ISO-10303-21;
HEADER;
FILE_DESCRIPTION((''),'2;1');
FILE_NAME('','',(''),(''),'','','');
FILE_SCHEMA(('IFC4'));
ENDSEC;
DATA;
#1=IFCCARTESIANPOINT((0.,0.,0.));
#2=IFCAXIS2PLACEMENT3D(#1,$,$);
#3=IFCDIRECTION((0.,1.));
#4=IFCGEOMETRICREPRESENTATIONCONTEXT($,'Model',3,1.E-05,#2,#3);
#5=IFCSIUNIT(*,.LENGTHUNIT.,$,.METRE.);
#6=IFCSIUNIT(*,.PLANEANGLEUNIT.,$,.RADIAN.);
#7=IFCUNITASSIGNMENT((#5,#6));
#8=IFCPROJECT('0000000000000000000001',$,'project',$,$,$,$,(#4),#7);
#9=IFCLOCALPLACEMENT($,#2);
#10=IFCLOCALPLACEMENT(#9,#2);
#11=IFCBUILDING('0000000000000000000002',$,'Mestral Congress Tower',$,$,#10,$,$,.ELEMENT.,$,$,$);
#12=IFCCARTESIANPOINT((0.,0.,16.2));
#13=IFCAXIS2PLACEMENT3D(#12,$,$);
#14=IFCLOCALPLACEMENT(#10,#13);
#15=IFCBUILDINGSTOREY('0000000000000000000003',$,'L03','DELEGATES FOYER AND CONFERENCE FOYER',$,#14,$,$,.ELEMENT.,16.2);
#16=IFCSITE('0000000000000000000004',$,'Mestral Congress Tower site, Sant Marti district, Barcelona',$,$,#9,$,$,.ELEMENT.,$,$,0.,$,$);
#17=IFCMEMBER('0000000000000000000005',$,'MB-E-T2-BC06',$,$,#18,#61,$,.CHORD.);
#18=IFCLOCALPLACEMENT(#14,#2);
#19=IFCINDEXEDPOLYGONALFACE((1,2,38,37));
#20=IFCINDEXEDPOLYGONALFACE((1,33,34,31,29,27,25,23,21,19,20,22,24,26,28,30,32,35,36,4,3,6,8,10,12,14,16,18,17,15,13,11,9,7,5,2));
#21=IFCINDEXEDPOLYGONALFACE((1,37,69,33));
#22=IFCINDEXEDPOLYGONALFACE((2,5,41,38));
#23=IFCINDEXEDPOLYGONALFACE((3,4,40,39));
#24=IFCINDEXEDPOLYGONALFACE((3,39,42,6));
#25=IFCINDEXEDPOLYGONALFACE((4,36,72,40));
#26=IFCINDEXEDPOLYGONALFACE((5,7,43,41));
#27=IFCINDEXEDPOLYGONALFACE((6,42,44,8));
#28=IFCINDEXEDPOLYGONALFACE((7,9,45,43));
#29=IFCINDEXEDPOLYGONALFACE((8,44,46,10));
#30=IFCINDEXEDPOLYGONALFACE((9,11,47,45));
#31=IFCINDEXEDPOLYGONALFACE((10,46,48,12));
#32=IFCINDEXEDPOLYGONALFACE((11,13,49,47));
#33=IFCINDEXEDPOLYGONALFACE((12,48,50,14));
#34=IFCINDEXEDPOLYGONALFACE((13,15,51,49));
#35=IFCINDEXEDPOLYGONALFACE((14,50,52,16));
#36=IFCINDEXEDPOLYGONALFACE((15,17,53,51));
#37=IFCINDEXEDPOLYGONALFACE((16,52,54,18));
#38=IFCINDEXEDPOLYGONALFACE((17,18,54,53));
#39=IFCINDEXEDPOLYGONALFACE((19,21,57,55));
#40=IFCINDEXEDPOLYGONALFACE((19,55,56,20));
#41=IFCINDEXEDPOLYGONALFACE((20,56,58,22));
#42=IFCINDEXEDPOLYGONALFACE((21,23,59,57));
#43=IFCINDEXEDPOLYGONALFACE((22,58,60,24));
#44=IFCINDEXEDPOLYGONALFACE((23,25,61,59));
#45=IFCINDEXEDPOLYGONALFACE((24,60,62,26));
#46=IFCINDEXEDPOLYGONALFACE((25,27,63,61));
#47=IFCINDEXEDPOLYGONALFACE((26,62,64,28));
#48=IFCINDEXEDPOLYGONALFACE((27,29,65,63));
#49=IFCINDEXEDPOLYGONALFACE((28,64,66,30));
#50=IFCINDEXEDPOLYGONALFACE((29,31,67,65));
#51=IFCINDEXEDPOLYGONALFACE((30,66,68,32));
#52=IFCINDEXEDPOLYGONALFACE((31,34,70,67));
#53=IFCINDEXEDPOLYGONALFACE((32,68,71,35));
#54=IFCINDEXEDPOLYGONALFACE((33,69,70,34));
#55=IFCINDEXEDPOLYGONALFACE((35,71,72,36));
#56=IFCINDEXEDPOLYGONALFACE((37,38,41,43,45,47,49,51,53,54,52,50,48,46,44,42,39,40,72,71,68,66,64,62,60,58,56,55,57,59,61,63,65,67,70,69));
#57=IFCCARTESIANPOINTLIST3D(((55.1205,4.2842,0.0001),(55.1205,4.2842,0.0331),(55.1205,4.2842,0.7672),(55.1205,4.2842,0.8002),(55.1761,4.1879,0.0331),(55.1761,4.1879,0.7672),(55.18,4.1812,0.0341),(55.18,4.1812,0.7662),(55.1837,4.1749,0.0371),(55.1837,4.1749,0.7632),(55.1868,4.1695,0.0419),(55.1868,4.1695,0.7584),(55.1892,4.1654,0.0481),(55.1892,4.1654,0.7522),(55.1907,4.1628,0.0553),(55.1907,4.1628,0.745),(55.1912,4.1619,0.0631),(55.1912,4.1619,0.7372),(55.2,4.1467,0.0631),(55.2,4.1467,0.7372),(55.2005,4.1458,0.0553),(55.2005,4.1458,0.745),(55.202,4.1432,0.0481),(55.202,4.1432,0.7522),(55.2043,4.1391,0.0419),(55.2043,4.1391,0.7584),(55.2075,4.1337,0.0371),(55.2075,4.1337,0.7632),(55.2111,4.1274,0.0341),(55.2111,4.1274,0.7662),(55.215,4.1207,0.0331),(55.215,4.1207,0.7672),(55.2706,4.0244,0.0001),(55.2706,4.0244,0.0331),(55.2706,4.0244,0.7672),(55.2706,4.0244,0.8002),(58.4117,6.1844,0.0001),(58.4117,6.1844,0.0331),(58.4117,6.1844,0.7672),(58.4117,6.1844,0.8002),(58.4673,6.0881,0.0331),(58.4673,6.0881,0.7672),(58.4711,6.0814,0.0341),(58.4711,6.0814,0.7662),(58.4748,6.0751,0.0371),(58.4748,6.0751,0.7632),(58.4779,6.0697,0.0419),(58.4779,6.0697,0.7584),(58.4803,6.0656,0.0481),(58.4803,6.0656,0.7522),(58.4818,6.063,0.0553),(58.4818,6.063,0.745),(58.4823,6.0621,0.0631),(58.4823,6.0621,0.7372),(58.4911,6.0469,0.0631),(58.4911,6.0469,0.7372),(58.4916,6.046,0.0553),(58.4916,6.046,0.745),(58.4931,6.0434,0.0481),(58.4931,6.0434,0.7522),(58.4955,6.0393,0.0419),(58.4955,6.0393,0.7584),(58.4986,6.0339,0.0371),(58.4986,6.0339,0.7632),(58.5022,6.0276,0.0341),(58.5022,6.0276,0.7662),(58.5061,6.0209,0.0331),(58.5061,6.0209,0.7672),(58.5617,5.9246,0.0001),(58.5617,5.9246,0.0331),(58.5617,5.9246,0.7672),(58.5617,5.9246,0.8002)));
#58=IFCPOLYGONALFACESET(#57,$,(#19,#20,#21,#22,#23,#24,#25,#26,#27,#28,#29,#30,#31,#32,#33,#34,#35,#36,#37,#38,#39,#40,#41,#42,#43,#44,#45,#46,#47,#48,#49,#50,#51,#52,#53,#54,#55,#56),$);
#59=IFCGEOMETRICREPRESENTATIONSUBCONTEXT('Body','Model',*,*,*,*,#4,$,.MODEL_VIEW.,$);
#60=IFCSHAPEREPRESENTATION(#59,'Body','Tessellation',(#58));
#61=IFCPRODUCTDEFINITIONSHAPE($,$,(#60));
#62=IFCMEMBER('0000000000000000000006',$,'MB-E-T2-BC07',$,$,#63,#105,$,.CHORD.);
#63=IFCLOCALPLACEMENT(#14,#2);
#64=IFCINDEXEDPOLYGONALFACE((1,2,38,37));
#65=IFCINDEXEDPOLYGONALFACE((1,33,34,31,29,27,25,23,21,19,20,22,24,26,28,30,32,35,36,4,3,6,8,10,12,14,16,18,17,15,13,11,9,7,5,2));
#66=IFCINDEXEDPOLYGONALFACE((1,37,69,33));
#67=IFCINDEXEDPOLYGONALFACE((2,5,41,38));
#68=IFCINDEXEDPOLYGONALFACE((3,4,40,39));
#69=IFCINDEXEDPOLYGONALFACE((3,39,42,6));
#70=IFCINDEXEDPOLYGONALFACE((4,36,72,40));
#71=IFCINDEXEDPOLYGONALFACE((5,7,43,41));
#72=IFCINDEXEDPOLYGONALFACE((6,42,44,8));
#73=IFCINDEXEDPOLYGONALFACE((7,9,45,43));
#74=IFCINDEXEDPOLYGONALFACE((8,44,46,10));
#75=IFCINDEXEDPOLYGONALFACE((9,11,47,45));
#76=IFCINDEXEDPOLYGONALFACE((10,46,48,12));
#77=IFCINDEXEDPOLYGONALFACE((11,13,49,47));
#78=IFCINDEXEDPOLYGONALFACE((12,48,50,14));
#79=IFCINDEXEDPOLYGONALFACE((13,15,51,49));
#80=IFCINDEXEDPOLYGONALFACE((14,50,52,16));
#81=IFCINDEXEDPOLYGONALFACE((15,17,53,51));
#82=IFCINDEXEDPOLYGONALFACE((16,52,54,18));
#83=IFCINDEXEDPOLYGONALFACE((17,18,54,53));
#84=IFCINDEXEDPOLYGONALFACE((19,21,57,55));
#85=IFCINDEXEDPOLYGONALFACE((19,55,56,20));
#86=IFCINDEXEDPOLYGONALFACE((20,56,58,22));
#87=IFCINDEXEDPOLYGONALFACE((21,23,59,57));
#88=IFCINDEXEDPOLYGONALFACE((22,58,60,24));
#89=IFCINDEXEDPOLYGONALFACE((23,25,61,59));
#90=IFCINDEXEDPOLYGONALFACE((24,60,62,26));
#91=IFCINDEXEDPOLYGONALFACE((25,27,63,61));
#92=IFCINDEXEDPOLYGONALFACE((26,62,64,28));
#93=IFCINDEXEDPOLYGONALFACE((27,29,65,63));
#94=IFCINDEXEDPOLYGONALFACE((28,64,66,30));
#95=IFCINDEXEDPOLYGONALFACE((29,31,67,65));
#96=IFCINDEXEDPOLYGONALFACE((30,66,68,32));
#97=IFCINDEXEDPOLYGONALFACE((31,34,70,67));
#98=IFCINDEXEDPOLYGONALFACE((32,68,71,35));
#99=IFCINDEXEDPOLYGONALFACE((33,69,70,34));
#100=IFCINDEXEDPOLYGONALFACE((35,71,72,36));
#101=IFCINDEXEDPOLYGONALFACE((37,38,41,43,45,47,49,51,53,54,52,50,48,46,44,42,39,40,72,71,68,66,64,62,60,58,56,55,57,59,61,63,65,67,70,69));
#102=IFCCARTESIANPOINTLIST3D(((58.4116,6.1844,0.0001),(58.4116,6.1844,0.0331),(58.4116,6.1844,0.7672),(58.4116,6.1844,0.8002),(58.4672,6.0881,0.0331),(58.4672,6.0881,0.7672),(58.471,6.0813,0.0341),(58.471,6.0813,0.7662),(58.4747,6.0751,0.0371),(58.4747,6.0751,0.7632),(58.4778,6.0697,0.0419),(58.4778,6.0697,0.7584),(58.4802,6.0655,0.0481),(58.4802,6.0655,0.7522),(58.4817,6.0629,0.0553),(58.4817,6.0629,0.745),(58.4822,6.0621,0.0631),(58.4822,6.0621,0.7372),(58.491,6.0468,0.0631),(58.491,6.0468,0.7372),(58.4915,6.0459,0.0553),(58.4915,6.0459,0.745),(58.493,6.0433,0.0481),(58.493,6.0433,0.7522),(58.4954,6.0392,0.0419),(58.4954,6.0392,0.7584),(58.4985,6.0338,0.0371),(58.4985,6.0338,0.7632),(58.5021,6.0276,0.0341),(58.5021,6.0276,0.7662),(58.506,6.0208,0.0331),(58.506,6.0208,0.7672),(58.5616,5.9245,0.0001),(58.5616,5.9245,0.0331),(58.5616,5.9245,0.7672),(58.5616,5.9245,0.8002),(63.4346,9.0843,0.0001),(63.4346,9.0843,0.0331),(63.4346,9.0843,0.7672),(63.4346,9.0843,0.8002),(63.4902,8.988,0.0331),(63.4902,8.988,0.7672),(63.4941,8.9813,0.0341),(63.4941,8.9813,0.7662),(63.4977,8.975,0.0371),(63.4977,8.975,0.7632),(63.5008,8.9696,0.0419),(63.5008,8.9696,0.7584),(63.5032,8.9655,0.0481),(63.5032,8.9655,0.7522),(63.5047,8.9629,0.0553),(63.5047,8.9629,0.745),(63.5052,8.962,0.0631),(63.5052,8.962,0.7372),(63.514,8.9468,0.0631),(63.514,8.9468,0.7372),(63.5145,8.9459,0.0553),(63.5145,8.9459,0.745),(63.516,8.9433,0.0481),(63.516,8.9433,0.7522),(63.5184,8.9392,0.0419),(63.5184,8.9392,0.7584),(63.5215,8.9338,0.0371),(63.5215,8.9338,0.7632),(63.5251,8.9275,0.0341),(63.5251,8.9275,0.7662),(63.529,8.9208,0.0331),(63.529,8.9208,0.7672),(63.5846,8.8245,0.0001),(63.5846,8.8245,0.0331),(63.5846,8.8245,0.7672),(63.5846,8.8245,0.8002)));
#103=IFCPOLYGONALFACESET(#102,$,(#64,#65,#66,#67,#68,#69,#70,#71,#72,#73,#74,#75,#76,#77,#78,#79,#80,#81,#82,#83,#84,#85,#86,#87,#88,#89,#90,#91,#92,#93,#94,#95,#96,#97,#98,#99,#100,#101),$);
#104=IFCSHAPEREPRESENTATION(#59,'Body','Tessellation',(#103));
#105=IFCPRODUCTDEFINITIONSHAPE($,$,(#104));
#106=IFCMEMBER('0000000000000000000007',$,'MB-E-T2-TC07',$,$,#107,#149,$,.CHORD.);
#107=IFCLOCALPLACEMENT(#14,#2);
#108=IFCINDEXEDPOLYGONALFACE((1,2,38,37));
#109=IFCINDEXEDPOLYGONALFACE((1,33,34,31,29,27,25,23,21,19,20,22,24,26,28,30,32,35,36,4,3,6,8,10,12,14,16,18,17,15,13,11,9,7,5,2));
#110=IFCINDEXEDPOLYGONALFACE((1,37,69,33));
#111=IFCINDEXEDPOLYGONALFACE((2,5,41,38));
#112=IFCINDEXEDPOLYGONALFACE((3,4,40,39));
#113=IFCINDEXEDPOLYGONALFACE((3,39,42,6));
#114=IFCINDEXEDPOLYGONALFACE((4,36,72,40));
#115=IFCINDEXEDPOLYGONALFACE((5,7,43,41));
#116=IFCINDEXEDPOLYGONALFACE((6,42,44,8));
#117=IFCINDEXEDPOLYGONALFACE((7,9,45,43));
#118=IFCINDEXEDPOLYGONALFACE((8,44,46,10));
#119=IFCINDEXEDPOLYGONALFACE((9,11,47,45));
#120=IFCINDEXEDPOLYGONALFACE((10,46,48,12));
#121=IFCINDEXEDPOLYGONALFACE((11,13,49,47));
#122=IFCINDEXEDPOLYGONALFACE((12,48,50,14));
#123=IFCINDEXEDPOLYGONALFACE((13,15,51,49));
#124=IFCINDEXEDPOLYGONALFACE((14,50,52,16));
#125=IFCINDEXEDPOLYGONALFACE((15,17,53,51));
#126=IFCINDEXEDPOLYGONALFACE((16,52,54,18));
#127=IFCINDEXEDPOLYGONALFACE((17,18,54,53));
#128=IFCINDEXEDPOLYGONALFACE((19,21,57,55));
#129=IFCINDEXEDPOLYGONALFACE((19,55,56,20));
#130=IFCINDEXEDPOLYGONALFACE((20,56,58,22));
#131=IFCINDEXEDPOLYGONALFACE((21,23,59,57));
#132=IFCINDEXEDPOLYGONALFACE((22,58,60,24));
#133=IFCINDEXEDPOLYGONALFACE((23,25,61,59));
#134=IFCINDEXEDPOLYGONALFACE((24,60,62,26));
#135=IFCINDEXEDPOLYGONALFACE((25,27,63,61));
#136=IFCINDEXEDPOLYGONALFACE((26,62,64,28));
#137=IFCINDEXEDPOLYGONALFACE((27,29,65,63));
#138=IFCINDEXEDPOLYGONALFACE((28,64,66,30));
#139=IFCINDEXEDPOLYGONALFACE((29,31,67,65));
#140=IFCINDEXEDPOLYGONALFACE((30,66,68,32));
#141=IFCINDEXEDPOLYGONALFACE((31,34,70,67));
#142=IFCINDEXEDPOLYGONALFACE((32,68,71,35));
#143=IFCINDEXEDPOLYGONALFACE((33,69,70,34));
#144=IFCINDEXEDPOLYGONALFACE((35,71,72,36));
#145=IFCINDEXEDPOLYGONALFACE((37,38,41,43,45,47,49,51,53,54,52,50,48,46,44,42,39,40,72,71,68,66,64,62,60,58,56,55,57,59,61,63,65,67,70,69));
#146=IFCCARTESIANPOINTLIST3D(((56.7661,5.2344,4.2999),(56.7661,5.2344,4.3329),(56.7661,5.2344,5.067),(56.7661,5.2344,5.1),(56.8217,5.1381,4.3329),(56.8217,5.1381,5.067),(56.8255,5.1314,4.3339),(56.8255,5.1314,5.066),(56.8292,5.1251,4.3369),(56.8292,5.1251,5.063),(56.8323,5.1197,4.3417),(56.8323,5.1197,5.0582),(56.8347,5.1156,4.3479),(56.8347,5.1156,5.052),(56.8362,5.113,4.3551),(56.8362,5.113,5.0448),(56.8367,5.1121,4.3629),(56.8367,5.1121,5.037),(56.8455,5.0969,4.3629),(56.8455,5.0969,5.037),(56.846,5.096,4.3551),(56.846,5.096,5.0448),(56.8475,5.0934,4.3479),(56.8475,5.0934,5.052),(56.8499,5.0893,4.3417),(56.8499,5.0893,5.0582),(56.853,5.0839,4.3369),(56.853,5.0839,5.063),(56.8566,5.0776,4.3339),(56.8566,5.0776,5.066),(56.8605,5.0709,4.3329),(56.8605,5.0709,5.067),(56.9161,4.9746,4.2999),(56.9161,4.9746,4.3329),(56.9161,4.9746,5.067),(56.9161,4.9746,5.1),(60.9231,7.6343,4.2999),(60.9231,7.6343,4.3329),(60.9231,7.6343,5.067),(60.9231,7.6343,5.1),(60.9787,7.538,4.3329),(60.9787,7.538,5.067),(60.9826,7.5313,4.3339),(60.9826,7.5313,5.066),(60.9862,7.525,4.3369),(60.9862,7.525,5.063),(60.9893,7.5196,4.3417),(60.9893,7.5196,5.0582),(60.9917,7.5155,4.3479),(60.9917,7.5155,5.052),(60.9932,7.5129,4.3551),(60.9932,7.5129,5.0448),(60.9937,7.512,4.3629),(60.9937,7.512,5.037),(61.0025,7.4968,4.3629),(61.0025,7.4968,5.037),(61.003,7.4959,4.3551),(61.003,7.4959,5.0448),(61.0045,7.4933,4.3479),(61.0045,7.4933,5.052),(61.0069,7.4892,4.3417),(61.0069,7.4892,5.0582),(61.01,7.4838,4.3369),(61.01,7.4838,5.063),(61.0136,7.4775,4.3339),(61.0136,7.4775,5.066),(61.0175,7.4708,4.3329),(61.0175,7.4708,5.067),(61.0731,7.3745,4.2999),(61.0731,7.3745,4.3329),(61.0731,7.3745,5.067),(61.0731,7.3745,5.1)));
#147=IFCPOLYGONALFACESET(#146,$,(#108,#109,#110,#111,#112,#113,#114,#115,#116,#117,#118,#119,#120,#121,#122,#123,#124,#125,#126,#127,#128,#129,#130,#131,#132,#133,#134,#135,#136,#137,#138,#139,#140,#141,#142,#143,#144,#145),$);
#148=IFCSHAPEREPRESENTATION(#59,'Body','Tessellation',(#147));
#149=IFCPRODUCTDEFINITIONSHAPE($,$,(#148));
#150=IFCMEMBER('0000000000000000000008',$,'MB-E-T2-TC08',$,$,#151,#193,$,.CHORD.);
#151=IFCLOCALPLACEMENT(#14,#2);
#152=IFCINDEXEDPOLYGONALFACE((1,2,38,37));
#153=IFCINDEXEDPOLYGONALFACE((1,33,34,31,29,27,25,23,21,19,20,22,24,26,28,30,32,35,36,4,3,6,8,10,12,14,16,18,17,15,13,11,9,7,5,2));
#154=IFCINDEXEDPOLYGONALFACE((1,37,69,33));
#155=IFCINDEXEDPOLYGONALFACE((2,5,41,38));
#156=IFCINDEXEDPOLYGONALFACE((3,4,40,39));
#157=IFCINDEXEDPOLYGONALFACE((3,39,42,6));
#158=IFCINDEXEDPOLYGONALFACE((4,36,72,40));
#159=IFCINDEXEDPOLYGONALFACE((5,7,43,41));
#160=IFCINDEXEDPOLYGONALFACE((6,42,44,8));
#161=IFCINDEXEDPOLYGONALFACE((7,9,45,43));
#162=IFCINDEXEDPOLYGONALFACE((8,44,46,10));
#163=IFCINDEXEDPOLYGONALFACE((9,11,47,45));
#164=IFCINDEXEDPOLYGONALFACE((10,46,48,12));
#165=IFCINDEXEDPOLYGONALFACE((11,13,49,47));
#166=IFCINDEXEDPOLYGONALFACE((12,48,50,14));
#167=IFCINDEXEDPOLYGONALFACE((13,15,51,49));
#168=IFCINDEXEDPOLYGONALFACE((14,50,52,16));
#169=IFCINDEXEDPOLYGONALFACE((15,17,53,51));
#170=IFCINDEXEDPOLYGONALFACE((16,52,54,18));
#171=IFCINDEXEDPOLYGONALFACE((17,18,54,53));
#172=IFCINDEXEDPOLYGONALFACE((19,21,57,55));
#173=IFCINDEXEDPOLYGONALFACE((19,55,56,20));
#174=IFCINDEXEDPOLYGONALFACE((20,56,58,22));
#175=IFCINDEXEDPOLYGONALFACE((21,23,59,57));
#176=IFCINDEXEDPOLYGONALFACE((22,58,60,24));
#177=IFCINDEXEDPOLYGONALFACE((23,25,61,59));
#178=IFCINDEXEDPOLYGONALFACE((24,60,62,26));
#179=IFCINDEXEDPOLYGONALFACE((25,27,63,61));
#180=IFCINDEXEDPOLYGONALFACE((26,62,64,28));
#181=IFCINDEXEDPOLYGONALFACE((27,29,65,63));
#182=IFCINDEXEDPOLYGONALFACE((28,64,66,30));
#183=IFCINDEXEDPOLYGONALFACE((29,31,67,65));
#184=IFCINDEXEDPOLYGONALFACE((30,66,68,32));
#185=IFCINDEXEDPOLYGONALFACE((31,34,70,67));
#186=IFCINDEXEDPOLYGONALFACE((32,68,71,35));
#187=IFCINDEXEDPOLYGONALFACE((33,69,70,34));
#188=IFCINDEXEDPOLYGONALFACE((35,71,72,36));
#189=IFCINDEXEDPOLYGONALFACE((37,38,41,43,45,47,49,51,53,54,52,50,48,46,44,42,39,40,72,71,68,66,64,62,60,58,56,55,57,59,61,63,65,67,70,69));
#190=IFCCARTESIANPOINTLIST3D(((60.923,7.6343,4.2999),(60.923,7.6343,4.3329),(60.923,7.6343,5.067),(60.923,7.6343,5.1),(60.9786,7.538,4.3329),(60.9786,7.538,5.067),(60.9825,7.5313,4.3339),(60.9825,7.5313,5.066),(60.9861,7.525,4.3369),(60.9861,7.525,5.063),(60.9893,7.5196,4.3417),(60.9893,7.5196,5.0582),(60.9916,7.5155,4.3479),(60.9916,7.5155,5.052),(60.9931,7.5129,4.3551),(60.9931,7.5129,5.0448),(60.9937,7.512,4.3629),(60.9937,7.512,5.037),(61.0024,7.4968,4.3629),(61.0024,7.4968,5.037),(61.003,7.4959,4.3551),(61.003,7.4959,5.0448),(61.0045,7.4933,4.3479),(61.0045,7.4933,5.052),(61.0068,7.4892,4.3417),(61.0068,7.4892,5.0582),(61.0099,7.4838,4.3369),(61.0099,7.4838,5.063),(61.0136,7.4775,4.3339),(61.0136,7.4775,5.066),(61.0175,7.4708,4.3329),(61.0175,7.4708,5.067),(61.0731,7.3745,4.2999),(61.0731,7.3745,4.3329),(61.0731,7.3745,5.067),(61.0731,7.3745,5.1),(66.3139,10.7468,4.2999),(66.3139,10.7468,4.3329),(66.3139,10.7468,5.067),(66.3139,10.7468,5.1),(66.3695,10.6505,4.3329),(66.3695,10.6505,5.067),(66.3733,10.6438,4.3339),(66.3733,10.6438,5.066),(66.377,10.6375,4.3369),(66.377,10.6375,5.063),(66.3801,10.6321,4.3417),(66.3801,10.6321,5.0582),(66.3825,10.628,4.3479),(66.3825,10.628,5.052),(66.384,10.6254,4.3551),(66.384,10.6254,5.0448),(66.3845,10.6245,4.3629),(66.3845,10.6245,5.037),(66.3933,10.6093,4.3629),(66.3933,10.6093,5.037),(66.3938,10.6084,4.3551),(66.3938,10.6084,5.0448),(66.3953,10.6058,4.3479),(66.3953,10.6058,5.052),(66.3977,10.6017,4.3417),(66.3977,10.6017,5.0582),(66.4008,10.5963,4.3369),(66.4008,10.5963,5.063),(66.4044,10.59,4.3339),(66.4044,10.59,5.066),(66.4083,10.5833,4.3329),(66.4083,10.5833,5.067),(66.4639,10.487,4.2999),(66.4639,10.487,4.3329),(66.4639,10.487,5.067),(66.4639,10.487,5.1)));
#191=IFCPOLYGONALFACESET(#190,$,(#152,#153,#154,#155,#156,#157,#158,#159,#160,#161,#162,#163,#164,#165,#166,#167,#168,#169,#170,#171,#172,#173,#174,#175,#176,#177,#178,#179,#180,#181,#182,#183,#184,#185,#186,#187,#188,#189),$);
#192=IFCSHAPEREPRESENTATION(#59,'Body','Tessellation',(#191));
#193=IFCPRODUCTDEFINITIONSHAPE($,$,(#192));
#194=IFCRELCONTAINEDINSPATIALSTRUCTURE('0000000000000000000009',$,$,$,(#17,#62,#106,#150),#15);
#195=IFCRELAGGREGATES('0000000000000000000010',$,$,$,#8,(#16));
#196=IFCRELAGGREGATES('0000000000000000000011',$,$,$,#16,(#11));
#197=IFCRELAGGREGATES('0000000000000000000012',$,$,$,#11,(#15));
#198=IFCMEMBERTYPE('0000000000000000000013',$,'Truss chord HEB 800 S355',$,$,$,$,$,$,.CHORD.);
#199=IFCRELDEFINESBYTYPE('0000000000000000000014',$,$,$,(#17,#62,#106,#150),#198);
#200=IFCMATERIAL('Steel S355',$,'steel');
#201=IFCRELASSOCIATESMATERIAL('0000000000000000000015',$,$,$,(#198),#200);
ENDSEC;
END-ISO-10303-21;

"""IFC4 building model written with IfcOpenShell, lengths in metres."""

from ifc_helpers import new_model, si_unit, direction, frame, origin, origin_2d, place, context, subcontext, project, spatial, i_section, extrude, material, material_profile, profile_set, type_object, element, save


model = new_model("IFC4")

# Units and contexts
model_context = context("Model", 3, precision=1e-05, world=origin(), true_north=direction((0.0, 1.0)))
body_context = subcontext(model_context, "Body", "Model", "MODEL_VIEW")
ifc_project = project(units=[si_unit("LENGTHUNIT", "METRE"), si_unit("PLANEANGLEUNIT", "RADIAN")], contexts=[model_context])

# Site, building, storey
site_placement = place(None, origin())
site = spatial("IfcSite", under=ifc_project, at=site_placement, Name="Mestral Congress Tower site, Sant Marti district, Barcelona", CompositionType="ELEMENT", RefElevation=0.0)
building_placement = place(site_placement, origin())
building = spatial("IfcBuilding", under=site, at=building_placement, Name="Mestral Congress Tower", CompositionType="ELEMENT")
storey_placement = place(building_placement, frame((0.0, 0.0, 16.2)))
storey = spatial("IfcBuildingStorey", under=building, at=storey_placement, Name="L03", Description="DELEGATES FOYER AND CONFERENCE FOYER", CompositionType="ELEMENT", Elevation=16.2)

# Members
ifc_material = material(Name="Steel S355", Category="steel")
ifc_material_profile_1 = material_profile(ifc_material, i_section(OverallWidth=0.3, OverallDepth=0.8, WebThickness=0.0176, FlangeThickness=0.033, FilletRadius=0.03, at=origin_2d()), Name="HEB 800")
ifc_profile_set_1 = profile_set([ifc_material_profile_1], Name="Steel S355")
member_type_1 = type_object("IfcMemberType", Name="Truss chord HEB 800 S355", PredefinedType="CHORD", material=ifc_profile_set_1)
member_1_placement = place(storey_placement, frame((55.1956, 4.1543, 0.4001), z_axis=(0.866017, 0.500015, 0.0), x_axis=(-0.500015, 0.866017, 0.0)))
element("IfcMember", 1, at=member_1_placement, inside=storey, type_object=member_type_1, Name="MB-E-T2-BC06", PredefinedType="CHORD", context=body_context, shape_type="SweptSolid", body=[
    extrude(i_section(OverallWidth=0.3, OverallDepth=0.8, WebThickness=0.0176, FlangeThickness=0.033, FilletRadius=0.03, at=origin_2d()), origin(), (0.0, 0.0, 1.0), 3.8003),
])
member_2_placement = place(storey_placement, frame((58.4866, 6.0544, 0.4001), z_axis=(0.866033, 0.499987, 0.0), x_axis=(-0.499987, 0.866033, 0.0)))
element("IfcMember", 2, at=member_2_placement, inside=storey, type_object=member_type_1, Name="MB-E-T2-BC07", PredefinedType="CHORD", context=body_context, shape_type="SweptSolid", body=[
    extrude(i_section(OverallWidth=0.3, OverallDepth=0.8, WebThickness=0.0176, FlangeThickness=0.033, FilletRadius=0.03, at=origin_2d()), origin(), (0.0, 0.0, 1.0), 5.8),
])
member_3_placement = place(storey_placement, frame((56.8411, 5.1045, 4.7), z_axis=(0.866037, 0.499979, 0.0), x_axis=(-0.499979, 0.866037, 0.0)))
element("IfcMember", 3, at=member_3_placement, inside=storey, type_object=member_type_1, Name="MB-E-T2-TC07", PredefinedType="CHORD", context=body_context, shape_type="SweptSolid", body=[
    extrude(i_section(OverallWidth=0.3, OverallDepth=0.8, WebThickness=0.0176, FlangeThickness=0.033, FilletRadius=0.03, at=origin_2d()), origin(), (0.0, 0.0, 1.0), 4.8),
])
member_4_placement = place(storey_placement, frame((60.998, 7.5044, 4.7), z_axis=(0.866016, 0.500016, 0.0), x_axis=(-0.500016, 0.866016, 0.0)))
element("IfcMember", 4, at=member_4_placement, inside=storey, type_object=member_type_1, Name="MB-E-T2-TC08", PredefinedType="CHORD", context=body_context, shape_type="SweptSolid", body=[
    extrude(i_section(OverallWidth=0.3, OverallDepth=0.8, WebThickness=0.0176, FlangeThickness=0.033, FilletRadius=0.03, at=origin_2d()), origin(), (0.0, 0.0, 1.0), 6.2249),
])

save(model, "model.ifc")
